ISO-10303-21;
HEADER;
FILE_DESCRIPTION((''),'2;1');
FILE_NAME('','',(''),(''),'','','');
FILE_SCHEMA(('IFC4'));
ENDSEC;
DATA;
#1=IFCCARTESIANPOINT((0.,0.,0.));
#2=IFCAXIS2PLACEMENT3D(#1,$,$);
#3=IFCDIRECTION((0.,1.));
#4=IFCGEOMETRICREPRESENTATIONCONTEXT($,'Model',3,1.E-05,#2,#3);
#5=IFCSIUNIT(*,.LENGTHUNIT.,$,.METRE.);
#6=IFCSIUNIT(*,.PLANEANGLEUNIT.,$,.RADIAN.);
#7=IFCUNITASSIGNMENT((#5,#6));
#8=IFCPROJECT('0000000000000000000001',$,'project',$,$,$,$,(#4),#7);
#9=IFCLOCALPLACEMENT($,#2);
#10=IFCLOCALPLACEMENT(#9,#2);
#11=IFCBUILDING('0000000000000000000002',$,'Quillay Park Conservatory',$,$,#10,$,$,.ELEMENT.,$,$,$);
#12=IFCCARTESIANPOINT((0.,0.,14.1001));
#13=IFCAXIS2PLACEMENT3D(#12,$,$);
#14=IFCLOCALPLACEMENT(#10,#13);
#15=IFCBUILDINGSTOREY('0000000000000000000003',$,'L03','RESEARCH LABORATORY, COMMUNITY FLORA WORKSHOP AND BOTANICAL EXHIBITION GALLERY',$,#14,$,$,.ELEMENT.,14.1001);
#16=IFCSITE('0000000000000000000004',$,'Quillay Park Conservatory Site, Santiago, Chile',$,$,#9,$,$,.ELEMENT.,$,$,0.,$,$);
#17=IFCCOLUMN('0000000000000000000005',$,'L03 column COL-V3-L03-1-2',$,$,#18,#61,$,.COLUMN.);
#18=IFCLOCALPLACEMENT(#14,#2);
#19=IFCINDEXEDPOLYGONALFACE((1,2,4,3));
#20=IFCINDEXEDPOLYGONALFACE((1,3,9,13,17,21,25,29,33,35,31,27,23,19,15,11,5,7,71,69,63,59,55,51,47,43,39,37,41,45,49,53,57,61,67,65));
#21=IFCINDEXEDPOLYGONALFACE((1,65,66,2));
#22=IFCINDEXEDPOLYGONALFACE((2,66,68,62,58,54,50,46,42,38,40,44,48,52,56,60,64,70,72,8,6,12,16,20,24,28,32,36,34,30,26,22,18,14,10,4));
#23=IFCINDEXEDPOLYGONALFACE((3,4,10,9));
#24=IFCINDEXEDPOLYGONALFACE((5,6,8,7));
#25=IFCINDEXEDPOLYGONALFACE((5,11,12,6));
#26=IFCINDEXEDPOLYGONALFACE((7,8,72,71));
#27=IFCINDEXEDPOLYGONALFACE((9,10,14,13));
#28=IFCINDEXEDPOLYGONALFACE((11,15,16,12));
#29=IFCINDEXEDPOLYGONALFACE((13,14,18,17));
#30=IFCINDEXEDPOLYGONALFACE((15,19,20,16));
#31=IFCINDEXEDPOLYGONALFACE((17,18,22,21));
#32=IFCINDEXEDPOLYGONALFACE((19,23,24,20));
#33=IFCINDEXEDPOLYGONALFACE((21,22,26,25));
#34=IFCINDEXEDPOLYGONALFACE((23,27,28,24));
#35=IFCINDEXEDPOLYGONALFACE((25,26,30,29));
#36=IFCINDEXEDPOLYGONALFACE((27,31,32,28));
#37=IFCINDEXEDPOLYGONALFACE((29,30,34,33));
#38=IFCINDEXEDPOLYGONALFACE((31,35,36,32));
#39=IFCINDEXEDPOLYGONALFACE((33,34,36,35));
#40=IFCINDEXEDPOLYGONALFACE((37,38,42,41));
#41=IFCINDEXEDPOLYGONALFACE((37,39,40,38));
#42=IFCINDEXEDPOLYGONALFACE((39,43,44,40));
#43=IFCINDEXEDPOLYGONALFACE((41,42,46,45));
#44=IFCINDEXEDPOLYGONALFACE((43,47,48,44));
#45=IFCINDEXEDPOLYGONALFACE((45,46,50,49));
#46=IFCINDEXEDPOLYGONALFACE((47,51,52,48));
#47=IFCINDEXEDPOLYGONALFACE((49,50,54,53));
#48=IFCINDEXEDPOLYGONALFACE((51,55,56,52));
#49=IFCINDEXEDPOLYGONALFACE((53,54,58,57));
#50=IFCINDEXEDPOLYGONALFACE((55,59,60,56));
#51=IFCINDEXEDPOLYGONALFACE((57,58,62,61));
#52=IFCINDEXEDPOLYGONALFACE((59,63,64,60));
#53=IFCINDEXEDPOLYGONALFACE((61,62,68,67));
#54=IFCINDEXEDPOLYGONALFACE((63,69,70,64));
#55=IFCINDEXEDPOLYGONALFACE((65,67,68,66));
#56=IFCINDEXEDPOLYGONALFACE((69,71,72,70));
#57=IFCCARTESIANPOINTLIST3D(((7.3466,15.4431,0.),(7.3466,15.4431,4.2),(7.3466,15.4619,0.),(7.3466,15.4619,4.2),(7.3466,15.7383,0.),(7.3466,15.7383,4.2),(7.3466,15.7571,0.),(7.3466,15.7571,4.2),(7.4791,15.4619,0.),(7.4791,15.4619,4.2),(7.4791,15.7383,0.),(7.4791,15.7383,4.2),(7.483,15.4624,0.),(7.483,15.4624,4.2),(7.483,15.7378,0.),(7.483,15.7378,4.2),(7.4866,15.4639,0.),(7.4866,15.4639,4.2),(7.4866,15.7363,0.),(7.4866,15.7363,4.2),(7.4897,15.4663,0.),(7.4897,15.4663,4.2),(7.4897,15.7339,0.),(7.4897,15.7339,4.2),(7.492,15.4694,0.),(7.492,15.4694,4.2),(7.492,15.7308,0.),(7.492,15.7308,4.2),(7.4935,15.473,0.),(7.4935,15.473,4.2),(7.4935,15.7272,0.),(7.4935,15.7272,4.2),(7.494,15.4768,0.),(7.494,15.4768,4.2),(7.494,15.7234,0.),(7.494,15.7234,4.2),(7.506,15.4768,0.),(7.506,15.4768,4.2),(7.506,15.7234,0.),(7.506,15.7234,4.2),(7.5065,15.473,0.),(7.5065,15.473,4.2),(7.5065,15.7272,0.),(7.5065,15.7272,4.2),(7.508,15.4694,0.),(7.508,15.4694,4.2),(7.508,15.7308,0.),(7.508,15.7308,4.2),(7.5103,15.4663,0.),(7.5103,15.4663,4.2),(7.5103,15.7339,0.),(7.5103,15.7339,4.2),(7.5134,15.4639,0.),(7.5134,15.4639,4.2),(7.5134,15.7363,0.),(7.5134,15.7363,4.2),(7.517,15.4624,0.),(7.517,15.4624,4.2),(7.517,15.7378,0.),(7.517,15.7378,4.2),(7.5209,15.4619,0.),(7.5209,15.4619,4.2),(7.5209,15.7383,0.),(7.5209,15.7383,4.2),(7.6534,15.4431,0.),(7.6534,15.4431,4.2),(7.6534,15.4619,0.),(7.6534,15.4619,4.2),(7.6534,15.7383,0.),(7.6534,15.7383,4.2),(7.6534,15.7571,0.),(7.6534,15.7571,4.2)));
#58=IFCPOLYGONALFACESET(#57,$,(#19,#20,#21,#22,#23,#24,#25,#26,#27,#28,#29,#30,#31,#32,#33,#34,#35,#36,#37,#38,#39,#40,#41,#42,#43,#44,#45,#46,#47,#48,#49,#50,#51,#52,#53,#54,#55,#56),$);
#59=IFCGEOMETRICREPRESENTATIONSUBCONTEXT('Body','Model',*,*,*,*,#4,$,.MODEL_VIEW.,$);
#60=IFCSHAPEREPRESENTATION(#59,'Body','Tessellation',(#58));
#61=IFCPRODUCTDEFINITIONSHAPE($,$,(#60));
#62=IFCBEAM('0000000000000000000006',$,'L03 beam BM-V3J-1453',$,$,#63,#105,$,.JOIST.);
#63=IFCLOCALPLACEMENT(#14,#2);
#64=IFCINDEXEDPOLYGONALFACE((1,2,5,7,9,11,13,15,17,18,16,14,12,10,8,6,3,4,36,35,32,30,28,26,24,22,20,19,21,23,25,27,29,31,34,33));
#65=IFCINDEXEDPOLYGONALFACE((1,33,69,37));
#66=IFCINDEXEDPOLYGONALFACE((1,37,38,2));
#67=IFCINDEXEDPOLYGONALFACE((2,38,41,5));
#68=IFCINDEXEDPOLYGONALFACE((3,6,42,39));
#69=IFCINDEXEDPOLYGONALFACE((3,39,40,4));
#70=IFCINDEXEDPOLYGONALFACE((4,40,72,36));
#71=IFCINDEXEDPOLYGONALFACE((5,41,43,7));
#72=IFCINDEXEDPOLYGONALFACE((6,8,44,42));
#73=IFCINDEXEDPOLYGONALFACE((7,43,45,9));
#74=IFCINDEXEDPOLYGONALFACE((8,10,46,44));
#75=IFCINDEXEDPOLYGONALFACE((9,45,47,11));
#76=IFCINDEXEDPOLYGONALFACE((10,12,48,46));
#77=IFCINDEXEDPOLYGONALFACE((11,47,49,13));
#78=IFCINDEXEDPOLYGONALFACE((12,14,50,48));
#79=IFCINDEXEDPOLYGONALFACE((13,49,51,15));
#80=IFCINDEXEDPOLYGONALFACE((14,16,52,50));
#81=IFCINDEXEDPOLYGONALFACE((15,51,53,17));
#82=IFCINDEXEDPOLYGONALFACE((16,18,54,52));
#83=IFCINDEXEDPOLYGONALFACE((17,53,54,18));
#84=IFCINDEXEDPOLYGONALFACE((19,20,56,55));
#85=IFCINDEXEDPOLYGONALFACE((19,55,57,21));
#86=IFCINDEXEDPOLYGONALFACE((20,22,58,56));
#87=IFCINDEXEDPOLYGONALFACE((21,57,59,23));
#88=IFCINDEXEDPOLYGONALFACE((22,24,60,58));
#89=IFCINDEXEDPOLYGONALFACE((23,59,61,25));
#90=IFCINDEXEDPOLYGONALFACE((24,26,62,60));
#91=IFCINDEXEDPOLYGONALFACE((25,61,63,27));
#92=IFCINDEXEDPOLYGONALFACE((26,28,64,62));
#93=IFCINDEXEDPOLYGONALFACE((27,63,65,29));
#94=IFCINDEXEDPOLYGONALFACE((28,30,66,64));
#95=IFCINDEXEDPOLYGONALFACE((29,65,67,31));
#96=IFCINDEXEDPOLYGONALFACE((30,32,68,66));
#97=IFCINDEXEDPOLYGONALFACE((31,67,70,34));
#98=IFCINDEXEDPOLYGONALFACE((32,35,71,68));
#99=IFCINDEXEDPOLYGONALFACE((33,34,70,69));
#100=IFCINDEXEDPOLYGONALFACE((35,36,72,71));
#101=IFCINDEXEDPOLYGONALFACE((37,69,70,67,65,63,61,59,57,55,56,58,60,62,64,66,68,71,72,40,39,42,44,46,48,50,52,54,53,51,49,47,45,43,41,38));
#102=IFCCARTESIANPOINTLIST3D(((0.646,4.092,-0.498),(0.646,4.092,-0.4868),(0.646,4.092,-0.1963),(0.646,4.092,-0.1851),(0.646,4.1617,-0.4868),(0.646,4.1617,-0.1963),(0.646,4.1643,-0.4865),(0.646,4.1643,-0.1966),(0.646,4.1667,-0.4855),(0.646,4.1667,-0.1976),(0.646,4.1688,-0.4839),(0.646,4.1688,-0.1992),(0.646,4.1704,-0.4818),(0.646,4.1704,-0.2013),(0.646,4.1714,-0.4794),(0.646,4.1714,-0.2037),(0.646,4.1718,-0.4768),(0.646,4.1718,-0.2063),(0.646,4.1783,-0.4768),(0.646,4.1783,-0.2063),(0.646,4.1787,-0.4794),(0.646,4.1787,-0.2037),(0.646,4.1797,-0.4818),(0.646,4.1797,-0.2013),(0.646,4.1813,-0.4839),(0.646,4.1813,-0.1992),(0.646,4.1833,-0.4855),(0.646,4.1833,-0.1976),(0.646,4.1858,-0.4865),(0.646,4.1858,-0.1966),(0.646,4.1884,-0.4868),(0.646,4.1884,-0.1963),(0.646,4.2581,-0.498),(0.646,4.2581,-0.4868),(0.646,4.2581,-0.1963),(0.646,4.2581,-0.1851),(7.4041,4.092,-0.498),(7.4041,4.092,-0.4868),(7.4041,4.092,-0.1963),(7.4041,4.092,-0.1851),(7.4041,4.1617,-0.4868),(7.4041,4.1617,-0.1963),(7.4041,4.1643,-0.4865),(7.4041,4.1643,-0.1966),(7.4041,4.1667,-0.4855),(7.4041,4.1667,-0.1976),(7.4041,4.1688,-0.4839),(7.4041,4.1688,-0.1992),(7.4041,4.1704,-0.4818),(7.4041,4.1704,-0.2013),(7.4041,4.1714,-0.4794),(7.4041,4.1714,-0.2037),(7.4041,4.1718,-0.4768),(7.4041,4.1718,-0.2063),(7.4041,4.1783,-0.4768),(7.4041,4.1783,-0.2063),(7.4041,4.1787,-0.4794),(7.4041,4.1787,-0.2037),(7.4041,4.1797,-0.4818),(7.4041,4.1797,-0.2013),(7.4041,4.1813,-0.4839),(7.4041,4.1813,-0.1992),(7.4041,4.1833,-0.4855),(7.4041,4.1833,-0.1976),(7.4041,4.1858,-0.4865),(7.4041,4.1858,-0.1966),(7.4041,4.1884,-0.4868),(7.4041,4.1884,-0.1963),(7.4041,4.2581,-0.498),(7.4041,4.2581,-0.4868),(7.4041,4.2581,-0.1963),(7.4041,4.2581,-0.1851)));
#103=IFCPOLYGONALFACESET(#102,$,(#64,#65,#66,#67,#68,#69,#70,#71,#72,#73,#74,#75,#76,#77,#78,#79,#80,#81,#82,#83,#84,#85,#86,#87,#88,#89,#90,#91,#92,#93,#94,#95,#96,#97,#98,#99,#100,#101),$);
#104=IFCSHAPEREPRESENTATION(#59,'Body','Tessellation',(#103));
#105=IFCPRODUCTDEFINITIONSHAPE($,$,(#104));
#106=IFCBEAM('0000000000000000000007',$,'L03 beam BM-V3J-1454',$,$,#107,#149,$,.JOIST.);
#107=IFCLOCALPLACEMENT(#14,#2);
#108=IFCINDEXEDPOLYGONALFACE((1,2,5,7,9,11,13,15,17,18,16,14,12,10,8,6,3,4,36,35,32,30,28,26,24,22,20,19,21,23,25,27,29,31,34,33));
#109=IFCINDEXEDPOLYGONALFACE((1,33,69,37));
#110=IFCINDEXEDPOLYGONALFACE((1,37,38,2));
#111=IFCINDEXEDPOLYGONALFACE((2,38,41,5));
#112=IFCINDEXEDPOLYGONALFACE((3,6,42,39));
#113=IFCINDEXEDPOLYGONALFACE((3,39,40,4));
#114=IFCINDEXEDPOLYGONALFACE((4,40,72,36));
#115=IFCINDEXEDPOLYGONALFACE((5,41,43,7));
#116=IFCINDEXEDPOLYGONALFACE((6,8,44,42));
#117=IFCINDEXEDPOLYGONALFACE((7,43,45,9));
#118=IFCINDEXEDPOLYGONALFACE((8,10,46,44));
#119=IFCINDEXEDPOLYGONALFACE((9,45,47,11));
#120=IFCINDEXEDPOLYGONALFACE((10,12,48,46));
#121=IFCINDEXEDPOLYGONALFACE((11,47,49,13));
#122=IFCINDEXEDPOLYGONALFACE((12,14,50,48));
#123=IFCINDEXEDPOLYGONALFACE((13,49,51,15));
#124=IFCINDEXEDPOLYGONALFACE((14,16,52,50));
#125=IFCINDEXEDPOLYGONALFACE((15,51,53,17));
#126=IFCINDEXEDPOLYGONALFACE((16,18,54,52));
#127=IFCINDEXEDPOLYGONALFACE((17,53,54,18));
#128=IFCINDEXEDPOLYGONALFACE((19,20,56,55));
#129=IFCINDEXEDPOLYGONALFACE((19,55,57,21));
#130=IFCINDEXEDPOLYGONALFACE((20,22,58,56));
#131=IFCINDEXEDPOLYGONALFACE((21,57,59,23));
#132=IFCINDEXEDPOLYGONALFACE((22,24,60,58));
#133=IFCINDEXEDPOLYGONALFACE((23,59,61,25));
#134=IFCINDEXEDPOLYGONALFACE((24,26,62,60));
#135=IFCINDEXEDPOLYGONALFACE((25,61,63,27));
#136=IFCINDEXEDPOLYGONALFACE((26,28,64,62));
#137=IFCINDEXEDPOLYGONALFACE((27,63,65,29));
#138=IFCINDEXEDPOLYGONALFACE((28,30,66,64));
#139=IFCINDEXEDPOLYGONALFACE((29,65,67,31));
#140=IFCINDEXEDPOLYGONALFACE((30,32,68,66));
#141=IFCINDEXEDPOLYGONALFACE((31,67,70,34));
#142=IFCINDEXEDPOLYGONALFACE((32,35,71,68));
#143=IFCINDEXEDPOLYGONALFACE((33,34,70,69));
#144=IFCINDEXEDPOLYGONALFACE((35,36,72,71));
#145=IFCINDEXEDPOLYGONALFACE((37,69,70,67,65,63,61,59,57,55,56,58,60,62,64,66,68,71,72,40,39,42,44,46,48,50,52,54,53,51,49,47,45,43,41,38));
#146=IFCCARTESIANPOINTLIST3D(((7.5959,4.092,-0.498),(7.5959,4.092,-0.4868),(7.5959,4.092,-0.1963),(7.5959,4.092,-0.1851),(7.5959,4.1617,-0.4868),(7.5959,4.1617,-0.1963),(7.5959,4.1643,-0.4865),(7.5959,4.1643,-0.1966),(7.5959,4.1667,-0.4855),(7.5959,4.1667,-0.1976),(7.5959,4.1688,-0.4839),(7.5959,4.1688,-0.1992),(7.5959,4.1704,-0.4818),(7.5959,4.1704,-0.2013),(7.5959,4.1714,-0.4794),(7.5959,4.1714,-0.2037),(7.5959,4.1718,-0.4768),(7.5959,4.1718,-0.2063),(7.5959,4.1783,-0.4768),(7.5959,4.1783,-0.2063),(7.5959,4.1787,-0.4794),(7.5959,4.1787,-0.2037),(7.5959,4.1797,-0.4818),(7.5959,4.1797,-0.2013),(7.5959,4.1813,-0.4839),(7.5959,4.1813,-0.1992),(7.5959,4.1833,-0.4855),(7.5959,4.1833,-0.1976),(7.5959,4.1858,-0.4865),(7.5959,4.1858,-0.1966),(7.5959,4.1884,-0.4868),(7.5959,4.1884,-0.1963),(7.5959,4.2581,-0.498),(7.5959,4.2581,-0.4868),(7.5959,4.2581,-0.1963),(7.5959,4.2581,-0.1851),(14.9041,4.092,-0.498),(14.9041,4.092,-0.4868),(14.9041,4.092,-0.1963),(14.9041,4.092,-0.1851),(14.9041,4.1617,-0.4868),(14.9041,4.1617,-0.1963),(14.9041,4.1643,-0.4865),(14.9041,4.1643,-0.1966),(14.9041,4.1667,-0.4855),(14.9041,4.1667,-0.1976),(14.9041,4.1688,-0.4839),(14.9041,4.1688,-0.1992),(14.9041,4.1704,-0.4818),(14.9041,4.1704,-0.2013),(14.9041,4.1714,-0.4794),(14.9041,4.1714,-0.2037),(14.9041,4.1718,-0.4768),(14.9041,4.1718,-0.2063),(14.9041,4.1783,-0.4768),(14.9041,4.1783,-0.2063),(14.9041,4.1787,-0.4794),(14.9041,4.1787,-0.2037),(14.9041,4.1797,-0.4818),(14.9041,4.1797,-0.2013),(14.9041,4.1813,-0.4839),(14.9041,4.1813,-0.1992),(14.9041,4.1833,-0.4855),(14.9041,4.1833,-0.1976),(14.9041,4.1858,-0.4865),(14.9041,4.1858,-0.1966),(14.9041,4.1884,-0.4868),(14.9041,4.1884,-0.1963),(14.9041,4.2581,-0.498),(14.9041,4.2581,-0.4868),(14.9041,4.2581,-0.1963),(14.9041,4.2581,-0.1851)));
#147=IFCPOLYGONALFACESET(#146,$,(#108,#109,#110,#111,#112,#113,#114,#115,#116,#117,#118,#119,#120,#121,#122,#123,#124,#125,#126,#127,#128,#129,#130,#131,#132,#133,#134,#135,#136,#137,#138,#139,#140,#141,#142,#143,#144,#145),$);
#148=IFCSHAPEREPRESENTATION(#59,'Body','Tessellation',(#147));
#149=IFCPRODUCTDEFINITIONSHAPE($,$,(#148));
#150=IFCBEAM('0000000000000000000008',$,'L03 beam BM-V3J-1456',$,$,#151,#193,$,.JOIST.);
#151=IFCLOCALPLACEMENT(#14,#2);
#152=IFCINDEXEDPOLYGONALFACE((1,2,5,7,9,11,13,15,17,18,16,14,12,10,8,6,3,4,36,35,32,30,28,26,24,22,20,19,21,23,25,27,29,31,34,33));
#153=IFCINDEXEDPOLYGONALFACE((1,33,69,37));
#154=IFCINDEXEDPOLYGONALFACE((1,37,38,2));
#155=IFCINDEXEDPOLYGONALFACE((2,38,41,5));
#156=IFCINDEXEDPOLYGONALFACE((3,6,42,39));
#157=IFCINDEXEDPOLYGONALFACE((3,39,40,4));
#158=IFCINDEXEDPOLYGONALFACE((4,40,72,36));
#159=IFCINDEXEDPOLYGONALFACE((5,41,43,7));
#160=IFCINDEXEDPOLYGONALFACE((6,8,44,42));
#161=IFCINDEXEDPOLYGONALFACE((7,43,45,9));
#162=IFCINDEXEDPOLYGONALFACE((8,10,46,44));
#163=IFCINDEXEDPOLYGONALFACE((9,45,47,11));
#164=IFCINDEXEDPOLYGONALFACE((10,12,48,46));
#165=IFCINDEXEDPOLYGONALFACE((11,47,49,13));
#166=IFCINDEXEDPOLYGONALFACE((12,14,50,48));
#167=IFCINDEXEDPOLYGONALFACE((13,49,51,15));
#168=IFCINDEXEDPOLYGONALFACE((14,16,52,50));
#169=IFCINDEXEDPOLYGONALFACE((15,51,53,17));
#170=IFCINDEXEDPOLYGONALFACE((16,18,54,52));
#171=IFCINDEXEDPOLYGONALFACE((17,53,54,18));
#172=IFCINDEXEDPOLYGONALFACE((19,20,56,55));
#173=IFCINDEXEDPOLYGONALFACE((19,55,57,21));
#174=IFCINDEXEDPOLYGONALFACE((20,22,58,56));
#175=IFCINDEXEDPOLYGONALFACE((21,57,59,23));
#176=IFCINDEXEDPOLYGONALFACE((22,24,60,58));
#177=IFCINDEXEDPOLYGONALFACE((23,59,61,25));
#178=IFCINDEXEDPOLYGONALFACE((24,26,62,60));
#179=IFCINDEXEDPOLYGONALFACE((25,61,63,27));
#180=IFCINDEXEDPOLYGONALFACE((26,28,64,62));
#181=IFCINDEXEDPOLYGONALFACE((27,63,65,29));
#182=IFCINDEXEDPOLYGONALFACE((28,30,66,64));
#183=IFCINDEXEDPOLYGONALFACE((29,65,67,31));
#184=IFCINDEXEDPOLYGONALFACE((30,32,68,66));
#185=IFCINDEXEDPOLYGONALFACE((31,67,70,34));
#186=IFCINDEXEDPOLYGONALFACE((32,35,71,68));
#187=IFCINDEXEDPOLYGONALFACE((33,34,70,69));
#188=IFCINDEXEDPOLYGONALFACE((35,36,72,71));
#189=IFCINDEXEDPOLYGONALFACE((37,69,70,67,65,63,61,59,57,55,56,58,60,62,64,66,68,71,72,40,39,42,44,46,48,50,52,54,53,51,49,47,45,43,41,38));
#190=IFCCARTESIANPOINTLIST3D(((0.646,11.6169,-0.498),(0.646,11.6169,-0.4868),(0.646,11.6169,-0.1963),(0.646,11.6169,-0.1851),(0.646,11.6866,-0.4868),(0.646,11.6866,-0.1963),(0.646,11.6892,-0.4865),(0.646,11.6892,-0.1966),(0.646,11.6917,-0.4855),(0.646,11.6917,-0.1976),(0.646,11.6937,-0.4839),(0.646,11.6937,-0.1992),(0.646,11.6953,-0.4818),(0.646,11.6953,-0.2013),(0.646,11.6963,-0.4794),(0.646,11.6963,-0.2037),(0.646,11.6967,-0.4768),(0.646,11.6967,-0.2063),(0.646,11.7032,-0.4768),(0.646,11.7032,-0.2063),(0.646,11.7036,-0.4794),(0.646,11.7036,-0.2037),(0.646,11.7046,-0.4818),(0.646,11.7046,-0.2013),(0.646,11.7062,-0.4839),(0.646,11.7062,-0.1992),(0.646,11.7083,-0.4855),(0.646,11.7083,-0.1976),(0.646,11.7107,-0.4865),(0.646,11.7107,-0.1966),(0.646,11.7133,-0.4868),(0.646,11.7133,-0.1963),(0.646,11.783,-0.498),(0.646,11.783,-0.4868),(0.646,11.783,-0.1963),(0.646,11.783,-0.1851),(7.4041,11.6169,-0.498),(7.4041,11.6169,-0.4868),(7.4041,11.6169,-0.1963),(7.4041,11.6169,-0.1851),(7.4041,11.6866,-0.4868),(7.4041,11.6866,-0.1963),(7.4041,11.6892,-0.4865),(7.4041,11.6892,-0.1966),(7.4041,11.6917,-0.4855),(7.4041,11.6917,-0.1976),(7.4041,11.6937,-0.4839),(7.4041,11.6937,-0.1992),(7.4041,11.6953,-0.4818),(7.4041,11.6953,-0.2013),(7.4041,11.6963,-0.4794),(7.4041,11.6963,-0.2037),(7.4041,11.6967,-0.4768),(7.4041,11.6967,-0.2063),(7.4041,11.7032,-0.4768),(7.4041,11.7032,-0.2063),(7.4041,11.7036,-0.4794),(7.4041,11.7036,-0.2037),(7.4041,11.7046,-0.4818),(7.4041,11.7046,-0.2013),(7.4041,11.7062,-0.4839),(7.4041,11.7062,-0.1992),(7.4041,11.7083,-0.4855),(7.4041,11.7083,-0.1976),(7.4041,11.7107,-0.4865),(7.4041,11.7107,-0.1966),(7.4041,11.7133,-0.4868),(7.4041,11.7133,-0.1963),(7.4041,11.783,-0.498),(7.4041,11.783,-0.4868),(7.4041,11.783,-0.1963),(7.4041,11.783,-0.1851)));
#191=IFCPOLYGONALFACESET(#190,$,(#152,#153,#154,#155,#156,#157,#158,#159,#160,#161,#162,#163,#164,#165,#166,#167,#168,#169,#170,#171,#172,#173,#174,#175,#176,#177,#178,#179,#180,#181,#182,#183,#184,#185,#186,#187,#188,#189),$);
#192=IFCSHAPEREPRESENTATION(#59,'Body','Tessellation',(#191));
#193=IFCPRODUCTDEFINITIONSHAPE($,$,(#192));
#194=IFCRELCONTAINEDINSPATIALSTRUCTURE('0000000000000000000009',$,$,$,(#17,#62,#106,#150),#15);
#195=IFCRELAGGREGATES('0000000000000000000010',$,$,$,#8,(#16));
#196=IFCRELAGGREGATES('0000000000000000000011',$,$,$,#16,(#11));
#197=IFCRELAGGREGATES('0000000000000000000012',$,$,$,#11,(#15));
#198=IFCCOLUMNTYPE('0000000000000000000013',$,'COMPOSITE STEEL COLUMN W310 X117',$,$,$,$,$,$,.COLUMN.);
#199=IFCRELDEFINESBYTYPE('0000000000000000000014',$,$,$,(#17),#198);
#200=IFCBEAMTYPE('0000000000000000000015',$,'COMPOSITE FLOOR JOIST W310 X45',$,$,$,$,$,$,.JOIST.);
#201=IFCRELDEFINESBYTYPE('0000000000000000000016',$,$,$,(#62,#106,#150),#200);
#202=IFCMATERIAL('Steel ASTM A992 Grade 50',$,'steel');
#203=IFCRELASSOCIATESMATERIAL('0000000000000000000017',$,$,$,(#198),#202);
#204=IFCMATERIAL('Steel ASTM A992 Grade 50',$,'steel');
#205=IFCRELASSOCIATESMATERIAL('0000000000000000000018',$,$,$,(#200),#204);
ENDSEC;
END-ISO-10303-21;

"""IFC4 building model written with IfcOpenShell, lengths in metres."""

from ifc_helpers import new_model, si_unit, direction, frame, origin, origin_2d, place, context, subcontext, project, spatial, i_section, extrude, material, material_profile, profile_set, type_object, element, save


model = new_model("IFC4")

# Units and contexts
model_context = context("Model", 3, precision=1e-05, world=origin(), true_north=direction((0.0, 1.0)))
body_context = subcontext(model_context, "Body", "Model", "MODEL_VIEW")
ifc_project = project(units=[si_unit("LENGTHUNIT", "METRE"), si_unit("PLANEANGLEUNIT", "RADIAN")], contexts=[model_context])

# Site, building, storey
site_placement = place(None, origin())
site = spatial("IfcSite", under=ifc_project, at=site_placement, Name="Quillay Park Conservatory Site, Santiago, Chile", CompositionType="ELEMENT", RefElevation=0.0)
building_placement = place(site_placement, origin())
building = spatial("IfcBuilding", under=site, at=building_placement, Name="Quillay Park Conservatory", CompositionType="ELEMENT")
storey_placement = place(building_placement, frame((0.0, 0.0, 14.1001)))
storey = spatial("IfcBuildingStorey", under=building, at=storey_placement, Name="L03", Description="RESEARCH LABORATORY, COMMUNITY FLORA WORKSHOP AND BOTANICAL EXHIBITION GALLERY", CompositionType="ELEMENT", Elevation=14.1001)

# Column
ifc_material_1 = material(Name="Steel ASTM A992 Grade 50", Category="steel")
ifc_material_profile_1 = material_profile(ifc_material_1, i_section(OverallWidth=0.3069, OverallDepth=0.314, WebThickness=0.012, FlangeThickness=0.0188, FilletRadius=0.0149, at=origin_2d()), Name="W310x117")
ifc_profile_set_1 = profile_set([ifc_material_profile_1], Name="Steel ASTM A992 Grade 50")
column_type = type_object("IfcColumnType", Name="COMPOSITE STEEL COLUMN W310 X117", PredefinedType="COLUMN", material=ifc_profile_set_1)
for number, where, z_axis, x_axis, name in (
    (1, (7.5, 15.6001, 0.0), (0.0, 0.0, 1.0), (1.0, 0.0, 0.0), "L03 column COL-V3-L03-1-2"),
):
    element("IfcColumn", number, at=place(storey_placement, frame(where, z_axis=z_axis, x_axis=x_axis)), inside=storey, type_object=column_type, Name=name, PredefinedType="COLUMN", context=body_context, shape_type="SweptSolid", body=[
        extrude(i_section(OverallWidth=0.3069, OverallDepth=0.314, WebThickness=0.012, FlangeThickness=0.0188, FilletRadius=0.0149, at=origin_2d()), origin(), (0.0, 0.0, 1.0), 4.2),
    ])

# Beams
ifc_material_2 = material(Name="Steel ASTM A992 Grade 50", Category="steel")
ifc_material_profile_2 = material_profile(ifc_material_2, i_section(OverallWidth=0.166, OverallDepth=0.313, WebThickness=0.0066, FlangeThickness=0.0112, FilletRadius=0.01, at=origin_2d()), Name="W310x45")
ifc_profile_set_2 = profile_set([ifc_material_profile_2], Name="Steel ASTM A992 Grade 50")
beam_type_1 = type_object("IfcBeamType", Name="COMPOSITE FLOOR JOIST W310 X45", PredefinedType="JOIST", material=ifc_profile_set_2)
beam_1_placement = place(storey_placement, frame((0.646, 4.175, -0.3416), z_axis=(1.0, 0.0, 0.0), x_axis=(0.0, 1.0, 0.0)))
element("IfcBeam", 2, at=beam_1_placement, inside=storey, type_object=beam_type_1, Name="L03 beam BM-V3J-1453", PredefinedType="JOIST", context=body_context, shape_type="SweptSolid", body=[
    extrude(i_section(OverallWidth=0.166, OverallDepth=0.313, WebThickness=0.0066, FlangeThickness=0.0112, FilletRadius=0.01, at=origin_2d()), origin(), (0.0, 0.0, 1.0), 6.7581),
])
beam_2_placement = place(storey_placement, frame((7.5959, 4.175, -0.3416), z_axis=(1.0, 0.0, 0.0), x_axis=(0.0, 1.0, 0.0)))
element("IfcBeam", 3, at=beam_2_placement, inside=storey, type_object=beam_type_1, Name="L03 beam BM-V3J-1454", PredefinedType="JOIST", context=body_context, shape_type="SweptSolid", body=[
    extrude(i_section(OverallWidth=0.166, OverallDepth=0.313, WebThickness=0.0066, FlangeThickness=0.0112, FilletRadius=0.01, at=origin_2d()), origin(), (0.0, 0.0, 1.0), 7.3081),
])
beam_3_placement = place(storey_placement, frame((0.646, 11.7, -0.3416), z_axis=(1.0, 0.0, 0.0), x_axis=(0.0, 1.0, 0.0)))
element("IfcBeam", 4, at=beam_3_placement, inside=storey, type_object=beam_type_1, Name="L03 beam BM-V3J-1456", PredefinedType="JOIST", context=body_context, shape_type="SweptSolid", body=[
    extrude(i_section(OverallWidth=0.166, OverallDepth=0.313, WebThickness=0.0066, FlangeThickness=0.0112, FilletRadius=0.01, at=origin_2d()), origin(), (0.0, 0.0, 1.0), 6.7581),
])

save(model, "model.ifc")
